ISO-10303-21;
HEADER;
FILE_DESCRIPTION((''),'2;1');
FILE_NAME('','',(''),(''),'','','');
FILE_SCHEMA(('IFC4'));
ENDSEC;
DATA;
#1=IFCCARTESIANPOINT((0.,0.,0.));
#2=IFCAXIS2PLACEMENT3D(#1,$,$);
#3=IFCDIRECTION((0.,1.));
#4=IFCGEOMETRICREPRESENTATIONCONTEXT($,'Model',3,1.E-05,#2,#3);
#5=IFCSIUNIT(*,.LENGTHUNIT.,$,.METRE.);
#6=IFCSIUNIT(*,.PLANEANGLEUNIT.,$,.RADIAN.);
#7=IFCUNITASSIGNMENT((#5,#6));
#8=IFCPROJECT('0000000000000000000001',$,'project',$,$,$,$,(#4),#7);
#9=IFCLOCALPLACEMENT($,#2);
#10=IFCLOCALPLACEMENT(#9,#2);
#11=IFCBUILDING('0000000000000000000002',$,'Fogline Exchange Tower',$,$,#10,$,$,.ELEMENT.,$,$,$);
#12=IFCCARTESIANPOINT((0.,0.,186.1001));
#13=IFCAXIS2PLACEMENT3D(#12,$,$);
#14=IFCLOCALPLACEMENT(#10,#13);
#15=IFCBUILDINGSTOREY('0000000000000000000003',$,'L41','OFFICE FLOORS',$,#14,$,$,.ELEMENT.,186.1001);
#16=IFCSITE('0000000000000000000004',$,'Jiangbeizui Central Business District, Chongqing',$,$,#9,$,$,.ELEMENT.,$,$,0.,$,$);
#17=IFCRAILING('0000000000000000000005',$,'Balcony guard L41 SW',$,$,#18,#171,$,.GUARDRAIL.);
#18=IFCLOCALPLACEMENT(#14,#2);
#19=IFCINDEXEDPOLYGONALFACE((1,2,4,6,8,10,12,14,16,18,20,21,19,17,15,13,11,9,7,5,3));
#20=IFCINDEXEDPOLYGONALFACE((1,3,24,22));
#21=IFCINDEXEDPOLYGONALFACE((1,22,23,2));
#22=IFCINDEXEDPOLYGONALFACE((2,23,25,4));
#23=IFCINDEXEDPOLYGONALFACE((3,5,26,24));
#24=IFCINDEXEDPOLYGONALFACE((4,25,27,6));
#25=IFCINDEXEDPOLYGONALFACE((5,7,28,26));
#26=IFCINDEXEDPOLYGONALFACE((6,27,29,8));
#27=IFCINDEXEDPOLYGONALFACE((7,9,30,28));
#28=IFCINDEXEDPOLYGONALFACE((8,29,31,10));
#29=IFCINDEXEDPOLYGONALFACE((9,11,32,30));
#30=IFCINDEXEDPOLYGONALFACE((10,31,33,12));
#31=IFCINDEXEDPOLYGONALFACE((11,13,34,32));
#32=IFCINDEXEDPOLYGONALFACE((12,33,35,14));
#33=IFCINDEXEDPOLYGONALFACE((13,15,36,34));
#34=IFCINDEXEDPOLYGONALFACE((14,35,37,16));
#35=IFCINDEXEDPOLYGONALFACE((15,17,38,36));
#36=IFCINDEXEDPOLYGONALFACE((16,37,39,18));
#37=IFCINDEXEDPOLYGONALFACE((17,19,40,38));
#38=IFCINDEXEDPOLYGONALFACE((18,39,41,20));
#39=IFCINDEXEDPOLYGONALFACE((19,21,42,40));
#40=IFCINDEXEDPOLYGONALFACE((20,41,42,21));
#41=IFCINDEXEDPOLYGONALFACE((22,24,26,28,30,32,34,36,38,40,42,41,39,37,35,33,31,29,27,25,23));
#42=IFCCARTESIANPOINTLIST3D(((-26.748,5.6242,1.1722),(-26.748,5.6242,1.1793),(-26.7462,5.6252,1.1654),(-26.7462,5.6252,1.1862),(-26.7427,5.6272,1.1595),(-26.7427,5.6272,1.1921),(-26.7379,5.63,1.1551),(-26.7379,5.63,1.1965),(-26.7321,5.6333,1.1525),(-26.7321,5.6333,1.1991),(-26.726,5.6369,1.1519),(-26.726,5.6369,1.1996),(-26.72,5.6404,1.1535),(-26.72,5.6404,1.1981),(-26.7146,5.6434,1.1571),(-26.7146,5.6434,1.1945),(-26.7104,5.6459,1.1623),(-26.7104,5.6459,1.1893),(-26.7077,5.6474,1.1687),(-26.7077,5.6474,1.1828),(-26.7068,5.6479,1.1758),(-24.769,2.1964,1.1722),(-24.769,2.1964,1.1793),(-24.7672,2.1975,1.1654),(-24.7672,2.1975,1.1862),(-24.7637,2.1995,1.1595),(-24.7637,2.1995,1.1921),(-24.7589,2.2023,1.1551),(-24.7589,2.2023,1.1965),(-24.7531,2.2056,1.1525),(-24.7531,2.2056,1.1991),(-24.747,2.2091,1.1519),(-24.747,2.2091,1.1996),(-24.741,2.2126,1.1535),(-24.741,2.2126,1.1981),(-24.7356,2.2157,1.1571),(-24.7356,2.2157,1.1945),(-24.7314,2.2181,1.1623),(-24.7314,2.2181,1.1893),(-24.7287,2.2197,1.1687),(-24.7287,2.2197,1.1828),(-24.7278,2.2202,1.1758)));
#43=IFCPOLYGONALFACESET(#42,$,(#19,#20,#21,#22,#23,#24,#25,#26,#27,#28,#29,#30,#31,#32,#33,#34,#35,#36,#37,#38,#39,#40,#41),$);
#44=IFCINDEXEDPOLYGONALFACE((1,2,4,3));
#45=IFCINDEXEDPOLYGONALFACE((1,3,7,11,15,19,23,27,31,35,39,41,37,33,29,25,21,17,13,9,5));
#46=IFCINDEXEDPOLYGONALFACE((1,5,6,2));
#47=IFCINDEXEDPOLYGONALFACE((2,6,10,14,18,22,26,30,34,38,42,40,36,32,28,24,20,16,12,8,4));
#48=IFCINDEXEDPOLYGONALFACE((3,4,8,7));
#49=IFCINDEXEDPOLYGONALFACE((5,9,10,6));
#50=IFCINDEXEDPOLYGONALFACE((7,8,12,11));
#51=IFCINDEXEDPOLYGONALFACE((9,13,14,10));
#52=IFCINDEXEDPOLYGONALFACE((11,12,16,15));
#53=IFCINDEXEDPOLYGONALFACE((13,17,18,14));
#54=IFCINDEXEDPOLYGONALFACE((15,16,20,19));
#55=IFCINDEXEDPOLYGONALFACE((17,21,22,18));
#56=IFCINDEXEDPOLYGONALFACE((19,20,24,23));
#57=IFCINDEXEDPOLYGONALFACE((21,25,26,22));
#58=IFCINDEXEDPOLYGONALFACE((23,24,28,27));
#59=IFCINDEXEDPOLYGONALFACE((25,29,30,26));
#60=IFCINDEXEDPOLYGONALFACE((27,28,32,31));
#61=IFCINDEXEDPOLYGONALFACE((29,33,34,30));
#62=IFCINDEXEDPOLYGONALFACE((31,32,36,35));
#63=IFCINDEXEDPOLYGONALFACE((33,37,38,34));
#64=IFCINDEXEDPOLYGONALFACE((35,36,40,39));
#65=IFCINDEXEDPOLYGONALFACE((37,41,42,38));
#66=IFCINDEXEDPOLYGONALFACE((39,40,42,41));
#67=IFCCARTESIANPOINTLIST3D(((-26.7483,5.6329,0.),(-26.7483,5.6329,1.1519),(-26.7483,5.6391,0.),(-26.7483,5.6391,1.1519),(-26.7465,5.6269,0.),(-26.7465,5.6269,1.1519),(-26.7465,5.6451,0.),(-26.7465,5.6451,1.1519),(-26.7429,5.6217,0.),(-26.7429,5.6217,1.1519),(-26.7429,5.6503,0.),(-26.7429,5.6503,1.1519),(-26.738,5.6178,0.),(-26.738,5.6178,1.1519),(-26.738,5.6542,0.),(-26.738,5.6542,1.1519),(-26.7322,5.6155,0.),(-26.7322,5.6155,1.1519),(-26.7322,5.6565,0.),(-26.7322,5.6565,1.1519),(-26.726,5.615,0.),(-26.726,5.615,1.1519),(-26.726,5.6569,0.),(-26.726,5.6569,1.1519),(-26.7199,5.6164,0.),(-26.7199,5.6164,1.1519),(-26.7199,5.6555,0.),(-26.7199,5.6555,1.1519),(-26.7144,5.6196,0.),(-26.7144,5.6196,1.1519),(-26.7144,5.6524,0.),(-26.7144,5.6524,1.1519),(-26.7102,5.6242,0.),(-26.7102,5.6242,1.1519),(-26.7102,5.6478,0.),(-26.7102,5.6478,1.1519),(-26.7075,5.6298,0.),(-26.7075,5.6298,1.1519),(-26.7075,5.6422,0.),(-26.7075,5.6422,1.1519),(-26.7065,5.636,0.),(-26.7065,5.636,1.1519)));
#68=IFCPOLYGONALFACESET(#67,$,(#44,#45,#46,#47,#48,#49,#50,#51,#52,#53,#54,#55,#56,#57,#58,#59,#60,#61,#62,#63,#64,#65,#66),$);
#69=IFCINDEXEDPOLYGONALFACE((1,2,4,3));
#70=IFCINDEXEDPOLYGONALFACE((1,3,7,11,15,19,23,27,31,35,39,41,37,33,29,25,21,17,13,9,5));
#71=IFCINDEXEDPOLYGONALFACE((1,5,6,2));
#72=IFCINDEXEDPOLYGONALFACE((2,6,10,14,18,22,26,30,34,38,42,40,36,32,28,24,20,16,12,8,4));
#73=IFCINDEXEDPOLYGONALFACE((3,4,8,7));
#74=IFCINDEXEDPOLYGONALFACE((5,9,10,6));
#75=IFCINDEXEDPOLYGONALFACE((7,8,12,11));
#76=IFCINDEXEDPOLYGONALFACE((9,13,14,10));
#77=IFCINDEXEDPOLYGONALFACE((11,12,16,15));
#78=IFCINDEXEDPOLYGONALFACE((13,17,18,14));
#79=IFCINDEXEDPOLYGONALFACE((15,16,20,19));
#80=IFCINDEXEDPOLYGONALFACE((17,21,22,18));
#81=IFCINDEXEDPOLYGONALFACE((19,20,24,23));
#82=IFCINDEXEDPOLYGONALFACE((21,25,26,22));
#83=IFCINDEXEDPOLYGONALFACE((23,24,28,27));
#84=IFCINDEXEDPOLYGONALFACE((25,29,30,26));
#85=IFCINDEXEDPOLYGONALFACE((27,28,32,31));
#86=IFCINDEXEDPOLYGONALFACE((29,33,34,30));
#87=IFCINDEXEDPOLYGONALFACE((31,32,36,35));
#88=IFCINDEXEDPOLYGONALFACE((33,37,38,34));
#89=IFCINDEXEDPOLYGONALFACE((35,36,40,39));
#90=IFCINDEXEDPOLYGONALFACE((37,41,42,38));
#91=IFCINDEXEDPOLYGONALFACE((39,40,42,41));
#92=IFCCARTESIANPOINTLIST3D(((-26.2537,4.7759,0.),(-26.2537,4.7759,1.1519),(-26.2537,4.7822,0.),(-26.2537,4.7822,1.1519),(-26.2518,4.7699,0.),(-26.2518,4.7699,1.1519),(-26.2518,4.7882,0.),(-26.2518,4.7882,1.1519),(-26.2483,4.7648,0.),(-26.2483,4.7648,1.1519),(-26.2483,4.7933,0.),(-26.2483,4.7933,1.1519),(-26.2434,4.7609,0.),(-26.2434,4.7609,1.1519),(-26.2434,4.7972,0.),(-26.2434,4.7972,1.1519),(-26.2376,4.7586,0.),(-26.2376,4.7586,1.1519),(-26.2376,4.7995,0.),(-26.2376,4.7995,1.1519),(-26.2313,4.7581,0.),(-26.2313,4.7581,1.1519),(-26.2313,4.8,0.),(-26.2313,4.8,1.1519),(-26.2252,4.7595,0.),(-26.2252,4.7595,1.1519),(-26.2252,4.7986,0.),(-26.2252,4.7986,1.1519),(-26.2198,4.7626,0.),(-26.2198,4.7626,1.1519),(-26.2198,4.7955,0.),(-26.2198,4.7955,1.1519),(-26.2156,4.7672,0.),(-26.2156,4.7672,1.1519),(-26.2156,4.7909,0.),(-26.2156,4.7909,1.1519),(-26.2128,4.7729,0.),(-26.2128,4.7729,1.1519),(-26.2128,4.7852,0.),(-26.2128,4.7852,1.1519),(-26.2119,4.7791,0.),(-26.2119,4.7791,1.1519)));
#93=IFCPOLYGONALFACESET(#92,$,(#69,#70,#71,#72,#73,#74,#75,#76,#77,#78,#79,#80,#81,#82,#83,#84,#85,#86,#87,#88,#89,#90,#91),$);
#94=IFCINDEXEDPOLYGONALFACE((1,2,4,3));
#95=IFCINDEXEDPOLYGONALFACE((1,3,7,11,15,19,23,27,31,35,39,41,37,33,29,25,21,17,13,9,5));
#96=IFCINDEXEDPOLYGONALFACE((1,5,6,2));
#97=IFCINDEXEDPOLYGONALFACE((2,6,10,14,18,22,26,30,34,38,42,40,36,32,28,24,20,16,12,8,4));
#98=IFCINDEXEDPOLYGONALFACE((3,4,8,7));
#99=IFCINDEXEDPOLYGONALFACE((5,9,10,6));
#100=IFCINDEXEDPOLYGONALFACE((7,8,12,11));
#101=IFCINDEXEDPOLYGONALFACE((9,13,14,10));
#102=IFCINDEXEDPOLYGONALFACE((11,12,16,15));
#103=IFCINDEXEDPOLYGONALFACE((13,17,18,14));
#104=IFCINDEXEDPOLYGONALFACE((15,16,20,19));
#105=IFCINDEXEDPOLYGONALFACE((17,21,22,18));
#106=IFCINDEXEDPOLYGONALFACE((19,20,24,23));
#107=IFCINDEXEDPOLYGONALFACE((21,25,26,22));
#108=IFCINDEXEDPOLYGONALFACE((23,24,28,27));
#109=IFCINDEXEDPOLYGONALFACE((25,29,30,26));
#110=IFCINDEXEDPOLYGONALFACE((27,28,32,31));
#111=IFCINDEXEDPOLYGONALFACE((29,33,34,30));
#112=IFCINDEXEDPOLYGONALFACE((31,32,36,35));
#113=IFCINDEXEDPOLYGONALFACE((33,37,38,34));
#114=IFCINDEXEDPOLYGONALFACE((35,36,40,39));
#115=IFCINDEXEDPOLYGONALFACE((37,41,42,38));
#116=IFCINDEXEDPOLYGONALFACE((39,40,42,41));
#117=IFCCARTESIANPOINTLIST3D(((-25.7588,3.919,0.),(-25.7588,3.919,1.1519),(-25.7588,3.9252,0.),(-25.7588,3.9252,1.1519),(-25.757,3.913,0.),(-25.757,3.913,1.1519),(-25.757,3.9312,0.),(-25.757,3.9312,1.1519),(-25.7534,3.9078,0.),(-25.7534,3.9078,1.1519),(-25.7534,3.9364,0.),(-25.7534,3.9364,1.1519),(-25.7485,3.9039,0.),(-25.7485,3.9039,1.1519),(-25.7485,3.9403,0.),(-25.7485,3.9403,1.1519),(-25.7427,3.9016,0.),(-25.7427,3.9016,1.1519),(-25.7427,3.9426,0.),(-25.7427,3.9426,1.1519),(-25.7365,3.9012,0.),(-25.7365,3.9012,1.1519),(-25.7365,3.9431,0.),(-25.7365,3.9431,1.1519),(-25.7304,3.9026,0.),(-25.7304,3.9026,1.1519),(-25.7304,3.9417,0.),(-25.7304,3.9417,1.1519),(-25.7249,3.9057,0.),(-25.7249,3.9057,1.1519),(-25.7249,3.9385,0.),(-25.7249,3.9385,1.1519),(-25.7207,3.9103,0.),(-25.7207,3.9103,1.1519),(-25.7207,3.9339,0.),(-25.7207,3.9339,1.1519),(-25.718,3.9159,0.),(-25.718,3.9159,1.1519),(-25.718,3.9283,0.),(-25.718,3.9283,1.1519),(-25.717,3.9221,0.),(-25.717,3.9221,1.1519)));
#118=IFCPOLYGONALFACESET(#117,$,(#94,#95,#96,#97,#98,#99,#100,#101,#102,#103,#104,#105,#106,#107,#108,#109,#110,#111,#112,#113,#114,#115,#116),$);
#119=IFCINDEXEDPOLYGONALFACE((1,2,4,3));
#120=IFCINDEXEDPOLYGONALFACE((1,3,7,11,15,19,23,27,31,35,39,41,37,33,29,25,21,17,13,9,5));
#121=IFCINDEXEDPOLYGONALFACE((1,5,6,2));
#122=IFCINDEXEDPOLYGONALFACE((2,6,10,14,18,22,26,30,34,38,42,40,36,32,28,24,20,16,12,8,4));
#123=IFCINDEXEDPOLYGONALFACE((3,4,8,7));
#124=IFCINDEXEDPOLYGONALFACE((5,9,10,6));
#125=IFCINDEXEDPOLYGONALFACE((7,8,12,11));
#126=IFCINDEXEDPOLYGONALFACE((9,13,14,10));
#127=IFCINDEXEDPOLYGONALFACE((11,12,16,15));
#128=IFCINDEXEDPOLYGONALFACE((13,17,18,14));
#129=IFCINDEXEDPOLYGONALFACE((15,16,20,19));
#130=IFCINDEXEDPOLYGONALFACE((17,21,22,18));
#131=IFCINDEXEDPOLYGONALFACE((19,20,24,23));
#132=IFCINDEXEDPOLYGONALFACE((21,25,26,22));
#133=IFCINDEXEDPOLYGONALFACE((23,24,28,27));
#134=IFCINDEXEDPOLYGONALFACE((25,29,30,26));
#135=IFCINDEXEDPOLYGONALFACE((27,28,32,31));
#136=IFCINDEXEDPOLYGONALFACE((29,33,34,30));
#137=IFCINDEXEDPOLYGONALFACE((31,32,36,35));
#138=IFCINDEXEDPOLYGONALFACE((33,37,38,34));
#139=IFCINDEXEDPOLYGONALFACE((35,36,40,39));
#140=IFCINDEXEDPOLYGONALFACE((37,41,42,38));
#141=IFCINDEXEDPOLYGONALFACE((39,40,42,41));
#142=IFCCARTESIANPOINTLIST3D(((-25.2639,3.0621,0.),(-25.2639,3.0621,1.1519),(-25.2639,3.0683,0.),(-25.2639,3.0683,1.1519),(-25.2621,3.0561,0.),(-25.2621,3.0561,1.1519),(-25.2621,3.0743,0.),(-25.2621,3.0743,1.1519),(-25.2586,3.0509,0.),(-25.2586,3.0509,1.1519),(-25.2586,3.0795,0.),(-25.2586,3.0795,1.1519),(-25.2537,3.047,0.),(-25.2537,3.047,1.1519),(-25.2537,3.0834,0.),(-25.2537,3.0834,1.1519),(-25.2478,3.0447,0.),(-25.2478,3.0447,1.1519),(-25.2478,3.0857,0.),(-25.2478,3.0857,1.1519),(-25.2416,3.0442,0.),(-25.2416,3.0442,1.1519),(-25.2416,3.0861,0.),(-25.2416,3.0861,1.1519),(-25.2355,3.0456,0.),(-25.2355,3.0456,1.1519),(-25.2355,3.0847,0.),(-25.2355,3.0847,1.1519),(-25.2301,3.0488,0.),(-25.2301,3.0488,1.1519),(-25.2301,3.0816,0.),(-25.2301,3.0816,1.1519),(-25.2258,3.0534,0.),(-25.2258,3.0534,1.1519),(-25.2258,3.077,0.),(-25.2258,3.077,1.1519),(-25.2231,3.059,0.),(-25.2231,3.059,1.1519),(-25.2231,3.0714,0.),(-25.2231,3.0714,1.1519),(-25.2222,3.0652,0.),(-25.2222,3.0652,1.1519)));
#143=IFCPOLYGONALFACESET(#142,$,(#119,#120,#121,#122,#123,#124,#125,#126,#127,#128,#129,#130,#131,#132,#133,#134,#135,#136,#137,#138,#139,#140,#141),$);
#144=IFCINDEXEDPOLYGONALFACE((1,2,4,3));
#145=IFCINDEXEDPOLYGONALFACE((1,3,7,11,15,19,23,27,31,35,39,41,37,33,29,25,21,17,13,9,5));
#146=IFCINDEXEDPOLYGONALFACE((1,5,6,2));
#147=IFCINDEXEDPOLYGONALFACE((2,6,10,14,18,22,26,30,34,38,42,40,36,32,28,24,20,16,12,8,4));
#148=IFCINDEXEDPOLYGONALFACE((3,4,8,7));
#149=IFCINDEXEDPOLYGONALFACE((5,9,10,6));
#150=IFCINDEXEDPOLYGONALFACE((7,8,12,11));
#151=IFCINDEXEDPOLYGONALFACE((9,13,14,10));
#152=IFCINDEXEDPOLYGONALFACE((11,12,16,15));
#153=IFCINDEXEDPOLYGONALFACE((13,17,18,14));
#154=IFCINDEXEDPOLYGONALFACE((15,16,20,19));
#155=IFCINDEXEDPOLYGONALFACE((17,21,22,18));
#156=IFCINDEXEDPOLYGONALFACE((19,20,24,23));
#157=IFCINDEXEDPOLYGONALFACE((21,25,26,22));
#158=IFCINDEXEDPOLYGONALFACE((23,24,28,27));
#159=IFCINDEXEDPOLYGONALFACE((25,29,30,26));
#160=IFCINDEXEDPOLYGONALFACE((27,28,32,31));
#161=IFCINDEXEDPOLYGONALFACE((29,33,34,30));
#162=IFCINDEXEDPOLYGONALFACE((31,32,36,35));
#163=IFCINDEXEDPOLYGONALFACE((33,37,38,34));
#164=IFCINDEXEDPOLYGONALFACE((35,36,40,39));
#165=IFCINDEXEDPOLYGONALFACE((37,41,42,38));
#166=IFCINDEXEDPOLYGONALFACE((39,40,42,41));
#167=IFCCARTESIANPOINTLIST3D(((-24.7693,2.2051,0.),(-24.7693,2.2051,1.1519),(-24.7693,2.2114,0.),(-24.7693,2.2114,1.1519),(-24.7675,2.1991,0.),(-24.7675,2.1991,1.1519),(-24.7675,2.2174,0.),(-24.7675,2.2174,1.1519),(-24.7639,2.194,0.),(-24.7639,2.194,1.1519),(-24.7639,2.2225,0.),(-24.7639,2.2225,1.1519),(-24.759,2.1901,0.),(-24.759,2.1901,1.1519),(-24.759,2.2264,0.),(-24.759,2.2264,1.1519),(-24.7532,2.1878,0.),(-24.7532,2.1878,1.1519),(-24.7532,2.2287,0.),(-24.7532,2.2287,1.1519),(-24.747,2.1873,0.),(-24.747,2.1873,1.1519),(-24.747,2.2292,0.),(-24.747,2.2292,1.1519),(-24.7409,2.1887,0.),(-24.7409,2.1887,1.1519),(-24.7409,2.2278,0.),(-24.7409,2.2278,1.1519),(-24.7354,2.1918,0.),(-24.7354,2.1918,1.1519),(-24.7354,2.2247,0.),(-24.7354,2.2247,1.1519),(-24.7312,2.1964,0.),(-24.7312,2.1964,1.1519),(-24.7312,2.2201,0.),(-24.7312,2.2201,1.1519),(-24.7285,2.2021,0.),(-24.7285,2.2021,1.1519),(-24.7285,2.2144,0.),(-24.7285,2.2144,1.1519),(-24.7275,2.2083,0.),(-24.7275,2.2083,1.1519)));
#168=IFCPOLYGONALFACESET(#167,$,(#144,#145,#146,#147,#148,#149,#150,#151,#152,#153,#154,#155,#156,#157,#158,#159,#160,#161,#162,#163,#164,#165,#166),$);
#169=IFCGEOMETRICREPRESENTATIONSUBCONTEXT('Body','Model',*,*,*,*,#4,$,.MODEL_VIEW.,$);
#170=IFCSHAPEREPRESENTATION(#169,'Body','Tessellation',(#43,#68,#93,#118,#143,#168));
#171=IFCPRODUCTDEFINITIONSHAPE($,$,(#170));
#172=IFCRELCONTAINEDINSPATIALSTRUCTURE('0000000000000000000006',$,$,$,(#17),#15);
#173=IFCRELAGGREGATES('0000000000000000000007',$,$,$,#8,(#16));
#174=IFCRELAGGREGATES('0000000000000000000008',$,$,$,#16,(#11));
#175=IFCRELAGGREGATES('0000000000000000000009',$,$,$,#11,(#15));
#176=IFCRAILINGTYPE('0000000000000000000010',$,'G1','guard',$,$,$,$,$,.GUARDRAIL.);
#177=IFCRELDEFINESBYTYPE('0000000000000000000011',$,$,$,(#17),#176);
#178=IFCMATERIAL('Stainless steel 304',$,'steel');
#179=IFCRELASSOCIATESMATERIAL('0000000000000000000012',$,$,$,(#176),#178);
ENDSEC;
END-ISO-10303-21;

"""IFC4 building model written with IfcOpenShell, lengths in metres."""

from ifc_helpers import new_model, si_unit, direction, frame, origin, origin_2d, place, context, subcontext, project, spatial, circle, extrude, material, type_object, element, save


model = new_model("IFC4")

# Units and contexts
model_context = context("Model", 3, precision=1e-05, world=origin(), true_north=direction((0.0, 1.0)))
body_context = subcontext(model_context, "Body", "Model", "MODEL_VIEW")
ifc_project = project(units=[si_unit("LENGTHUNIT", "METRE"), si_unit("PLANEANGLEUNIT", "RADIAN")], contexts=[model_context])

# Site, building, storey
site_placement = place(None, origin())
site = spatial("IfcSite", under=ifc_project, at=site_placement, Name="Jiangbeizui Central Business District, Chongqing", CompositionType="ELEMENT", RefElevation=0.0)
building_placement = place(site_placement, origin())
building = spatial("IfcBuilding", under=site, at=building_placement, Name="Fogline Exchange Tower", CompositionType="ELEMENT")
storey_placement = place(building_placement, frame((0.0, 0.0, 186.1001)))
storey = spatial("IfcBuildingStorey", under=building, at=storey_placement, Name="L41", Description="OFFICE FLOORS", CompositionType="ELEMENT", Elevation=186.1001)

# Railing
ifc_material_1 = material(Name="Stainless steel 304", Category="steel")
railing_type = type_object("IfcRailingType", Name="G1", Description="guard", PredefinedType="GUARDRAIL", material=ifc_material_1)
railing_placement = place(storey_placement, frame((-26.7275, 5.636, 0.0)))
element("IfcRailing", 1, at=railing_placement, inside=storey, type_object=railing_type, Name="Balcony guard L41 SW", PredefinedType="GUARDRAIL", context=body_context, shape_type="SweptSolid", body=[
    extrude(circle(Radius=0.0239, at=origin_2d()), frame((0.0, 0.0, 1.1758), z_axis=(0.5, -0.866025, 0.0), x_axis=(0.866025, 0.5, 0.0)), (0.0, 0.0, 1.0), 3.958),
    extrude(circle(Radius=0.021, at=origin_2d()), origin(), (0.0, 0.0, 1.0), 1.1519),
    extrude(circle(Radius=0.021, at=origin_2d()), frame((0.4946, -0.8569, 0.0)), (0.0, 0.0, 1.0), 1.1519),
    extrude(circle(Radius=0.021, at=origin_2d()), frame((0.9895, -1.7139, 0.0)), (0.0, 0.0, 1.0), 1.1519),
    extrude(circle(Radius=0.021, at=origin_2d()), frame((1.4844, -2.5708, 0.0)), (0.0, 0.0, 1.0), 1.1519),
    extrude(circle(Radius=0.021, at=origin_2d()), frame((1.979, -3.4277, 0.0)), (0.0, 0.0, 1.0), 1.1519),
])

save(model, "model.ifc")
